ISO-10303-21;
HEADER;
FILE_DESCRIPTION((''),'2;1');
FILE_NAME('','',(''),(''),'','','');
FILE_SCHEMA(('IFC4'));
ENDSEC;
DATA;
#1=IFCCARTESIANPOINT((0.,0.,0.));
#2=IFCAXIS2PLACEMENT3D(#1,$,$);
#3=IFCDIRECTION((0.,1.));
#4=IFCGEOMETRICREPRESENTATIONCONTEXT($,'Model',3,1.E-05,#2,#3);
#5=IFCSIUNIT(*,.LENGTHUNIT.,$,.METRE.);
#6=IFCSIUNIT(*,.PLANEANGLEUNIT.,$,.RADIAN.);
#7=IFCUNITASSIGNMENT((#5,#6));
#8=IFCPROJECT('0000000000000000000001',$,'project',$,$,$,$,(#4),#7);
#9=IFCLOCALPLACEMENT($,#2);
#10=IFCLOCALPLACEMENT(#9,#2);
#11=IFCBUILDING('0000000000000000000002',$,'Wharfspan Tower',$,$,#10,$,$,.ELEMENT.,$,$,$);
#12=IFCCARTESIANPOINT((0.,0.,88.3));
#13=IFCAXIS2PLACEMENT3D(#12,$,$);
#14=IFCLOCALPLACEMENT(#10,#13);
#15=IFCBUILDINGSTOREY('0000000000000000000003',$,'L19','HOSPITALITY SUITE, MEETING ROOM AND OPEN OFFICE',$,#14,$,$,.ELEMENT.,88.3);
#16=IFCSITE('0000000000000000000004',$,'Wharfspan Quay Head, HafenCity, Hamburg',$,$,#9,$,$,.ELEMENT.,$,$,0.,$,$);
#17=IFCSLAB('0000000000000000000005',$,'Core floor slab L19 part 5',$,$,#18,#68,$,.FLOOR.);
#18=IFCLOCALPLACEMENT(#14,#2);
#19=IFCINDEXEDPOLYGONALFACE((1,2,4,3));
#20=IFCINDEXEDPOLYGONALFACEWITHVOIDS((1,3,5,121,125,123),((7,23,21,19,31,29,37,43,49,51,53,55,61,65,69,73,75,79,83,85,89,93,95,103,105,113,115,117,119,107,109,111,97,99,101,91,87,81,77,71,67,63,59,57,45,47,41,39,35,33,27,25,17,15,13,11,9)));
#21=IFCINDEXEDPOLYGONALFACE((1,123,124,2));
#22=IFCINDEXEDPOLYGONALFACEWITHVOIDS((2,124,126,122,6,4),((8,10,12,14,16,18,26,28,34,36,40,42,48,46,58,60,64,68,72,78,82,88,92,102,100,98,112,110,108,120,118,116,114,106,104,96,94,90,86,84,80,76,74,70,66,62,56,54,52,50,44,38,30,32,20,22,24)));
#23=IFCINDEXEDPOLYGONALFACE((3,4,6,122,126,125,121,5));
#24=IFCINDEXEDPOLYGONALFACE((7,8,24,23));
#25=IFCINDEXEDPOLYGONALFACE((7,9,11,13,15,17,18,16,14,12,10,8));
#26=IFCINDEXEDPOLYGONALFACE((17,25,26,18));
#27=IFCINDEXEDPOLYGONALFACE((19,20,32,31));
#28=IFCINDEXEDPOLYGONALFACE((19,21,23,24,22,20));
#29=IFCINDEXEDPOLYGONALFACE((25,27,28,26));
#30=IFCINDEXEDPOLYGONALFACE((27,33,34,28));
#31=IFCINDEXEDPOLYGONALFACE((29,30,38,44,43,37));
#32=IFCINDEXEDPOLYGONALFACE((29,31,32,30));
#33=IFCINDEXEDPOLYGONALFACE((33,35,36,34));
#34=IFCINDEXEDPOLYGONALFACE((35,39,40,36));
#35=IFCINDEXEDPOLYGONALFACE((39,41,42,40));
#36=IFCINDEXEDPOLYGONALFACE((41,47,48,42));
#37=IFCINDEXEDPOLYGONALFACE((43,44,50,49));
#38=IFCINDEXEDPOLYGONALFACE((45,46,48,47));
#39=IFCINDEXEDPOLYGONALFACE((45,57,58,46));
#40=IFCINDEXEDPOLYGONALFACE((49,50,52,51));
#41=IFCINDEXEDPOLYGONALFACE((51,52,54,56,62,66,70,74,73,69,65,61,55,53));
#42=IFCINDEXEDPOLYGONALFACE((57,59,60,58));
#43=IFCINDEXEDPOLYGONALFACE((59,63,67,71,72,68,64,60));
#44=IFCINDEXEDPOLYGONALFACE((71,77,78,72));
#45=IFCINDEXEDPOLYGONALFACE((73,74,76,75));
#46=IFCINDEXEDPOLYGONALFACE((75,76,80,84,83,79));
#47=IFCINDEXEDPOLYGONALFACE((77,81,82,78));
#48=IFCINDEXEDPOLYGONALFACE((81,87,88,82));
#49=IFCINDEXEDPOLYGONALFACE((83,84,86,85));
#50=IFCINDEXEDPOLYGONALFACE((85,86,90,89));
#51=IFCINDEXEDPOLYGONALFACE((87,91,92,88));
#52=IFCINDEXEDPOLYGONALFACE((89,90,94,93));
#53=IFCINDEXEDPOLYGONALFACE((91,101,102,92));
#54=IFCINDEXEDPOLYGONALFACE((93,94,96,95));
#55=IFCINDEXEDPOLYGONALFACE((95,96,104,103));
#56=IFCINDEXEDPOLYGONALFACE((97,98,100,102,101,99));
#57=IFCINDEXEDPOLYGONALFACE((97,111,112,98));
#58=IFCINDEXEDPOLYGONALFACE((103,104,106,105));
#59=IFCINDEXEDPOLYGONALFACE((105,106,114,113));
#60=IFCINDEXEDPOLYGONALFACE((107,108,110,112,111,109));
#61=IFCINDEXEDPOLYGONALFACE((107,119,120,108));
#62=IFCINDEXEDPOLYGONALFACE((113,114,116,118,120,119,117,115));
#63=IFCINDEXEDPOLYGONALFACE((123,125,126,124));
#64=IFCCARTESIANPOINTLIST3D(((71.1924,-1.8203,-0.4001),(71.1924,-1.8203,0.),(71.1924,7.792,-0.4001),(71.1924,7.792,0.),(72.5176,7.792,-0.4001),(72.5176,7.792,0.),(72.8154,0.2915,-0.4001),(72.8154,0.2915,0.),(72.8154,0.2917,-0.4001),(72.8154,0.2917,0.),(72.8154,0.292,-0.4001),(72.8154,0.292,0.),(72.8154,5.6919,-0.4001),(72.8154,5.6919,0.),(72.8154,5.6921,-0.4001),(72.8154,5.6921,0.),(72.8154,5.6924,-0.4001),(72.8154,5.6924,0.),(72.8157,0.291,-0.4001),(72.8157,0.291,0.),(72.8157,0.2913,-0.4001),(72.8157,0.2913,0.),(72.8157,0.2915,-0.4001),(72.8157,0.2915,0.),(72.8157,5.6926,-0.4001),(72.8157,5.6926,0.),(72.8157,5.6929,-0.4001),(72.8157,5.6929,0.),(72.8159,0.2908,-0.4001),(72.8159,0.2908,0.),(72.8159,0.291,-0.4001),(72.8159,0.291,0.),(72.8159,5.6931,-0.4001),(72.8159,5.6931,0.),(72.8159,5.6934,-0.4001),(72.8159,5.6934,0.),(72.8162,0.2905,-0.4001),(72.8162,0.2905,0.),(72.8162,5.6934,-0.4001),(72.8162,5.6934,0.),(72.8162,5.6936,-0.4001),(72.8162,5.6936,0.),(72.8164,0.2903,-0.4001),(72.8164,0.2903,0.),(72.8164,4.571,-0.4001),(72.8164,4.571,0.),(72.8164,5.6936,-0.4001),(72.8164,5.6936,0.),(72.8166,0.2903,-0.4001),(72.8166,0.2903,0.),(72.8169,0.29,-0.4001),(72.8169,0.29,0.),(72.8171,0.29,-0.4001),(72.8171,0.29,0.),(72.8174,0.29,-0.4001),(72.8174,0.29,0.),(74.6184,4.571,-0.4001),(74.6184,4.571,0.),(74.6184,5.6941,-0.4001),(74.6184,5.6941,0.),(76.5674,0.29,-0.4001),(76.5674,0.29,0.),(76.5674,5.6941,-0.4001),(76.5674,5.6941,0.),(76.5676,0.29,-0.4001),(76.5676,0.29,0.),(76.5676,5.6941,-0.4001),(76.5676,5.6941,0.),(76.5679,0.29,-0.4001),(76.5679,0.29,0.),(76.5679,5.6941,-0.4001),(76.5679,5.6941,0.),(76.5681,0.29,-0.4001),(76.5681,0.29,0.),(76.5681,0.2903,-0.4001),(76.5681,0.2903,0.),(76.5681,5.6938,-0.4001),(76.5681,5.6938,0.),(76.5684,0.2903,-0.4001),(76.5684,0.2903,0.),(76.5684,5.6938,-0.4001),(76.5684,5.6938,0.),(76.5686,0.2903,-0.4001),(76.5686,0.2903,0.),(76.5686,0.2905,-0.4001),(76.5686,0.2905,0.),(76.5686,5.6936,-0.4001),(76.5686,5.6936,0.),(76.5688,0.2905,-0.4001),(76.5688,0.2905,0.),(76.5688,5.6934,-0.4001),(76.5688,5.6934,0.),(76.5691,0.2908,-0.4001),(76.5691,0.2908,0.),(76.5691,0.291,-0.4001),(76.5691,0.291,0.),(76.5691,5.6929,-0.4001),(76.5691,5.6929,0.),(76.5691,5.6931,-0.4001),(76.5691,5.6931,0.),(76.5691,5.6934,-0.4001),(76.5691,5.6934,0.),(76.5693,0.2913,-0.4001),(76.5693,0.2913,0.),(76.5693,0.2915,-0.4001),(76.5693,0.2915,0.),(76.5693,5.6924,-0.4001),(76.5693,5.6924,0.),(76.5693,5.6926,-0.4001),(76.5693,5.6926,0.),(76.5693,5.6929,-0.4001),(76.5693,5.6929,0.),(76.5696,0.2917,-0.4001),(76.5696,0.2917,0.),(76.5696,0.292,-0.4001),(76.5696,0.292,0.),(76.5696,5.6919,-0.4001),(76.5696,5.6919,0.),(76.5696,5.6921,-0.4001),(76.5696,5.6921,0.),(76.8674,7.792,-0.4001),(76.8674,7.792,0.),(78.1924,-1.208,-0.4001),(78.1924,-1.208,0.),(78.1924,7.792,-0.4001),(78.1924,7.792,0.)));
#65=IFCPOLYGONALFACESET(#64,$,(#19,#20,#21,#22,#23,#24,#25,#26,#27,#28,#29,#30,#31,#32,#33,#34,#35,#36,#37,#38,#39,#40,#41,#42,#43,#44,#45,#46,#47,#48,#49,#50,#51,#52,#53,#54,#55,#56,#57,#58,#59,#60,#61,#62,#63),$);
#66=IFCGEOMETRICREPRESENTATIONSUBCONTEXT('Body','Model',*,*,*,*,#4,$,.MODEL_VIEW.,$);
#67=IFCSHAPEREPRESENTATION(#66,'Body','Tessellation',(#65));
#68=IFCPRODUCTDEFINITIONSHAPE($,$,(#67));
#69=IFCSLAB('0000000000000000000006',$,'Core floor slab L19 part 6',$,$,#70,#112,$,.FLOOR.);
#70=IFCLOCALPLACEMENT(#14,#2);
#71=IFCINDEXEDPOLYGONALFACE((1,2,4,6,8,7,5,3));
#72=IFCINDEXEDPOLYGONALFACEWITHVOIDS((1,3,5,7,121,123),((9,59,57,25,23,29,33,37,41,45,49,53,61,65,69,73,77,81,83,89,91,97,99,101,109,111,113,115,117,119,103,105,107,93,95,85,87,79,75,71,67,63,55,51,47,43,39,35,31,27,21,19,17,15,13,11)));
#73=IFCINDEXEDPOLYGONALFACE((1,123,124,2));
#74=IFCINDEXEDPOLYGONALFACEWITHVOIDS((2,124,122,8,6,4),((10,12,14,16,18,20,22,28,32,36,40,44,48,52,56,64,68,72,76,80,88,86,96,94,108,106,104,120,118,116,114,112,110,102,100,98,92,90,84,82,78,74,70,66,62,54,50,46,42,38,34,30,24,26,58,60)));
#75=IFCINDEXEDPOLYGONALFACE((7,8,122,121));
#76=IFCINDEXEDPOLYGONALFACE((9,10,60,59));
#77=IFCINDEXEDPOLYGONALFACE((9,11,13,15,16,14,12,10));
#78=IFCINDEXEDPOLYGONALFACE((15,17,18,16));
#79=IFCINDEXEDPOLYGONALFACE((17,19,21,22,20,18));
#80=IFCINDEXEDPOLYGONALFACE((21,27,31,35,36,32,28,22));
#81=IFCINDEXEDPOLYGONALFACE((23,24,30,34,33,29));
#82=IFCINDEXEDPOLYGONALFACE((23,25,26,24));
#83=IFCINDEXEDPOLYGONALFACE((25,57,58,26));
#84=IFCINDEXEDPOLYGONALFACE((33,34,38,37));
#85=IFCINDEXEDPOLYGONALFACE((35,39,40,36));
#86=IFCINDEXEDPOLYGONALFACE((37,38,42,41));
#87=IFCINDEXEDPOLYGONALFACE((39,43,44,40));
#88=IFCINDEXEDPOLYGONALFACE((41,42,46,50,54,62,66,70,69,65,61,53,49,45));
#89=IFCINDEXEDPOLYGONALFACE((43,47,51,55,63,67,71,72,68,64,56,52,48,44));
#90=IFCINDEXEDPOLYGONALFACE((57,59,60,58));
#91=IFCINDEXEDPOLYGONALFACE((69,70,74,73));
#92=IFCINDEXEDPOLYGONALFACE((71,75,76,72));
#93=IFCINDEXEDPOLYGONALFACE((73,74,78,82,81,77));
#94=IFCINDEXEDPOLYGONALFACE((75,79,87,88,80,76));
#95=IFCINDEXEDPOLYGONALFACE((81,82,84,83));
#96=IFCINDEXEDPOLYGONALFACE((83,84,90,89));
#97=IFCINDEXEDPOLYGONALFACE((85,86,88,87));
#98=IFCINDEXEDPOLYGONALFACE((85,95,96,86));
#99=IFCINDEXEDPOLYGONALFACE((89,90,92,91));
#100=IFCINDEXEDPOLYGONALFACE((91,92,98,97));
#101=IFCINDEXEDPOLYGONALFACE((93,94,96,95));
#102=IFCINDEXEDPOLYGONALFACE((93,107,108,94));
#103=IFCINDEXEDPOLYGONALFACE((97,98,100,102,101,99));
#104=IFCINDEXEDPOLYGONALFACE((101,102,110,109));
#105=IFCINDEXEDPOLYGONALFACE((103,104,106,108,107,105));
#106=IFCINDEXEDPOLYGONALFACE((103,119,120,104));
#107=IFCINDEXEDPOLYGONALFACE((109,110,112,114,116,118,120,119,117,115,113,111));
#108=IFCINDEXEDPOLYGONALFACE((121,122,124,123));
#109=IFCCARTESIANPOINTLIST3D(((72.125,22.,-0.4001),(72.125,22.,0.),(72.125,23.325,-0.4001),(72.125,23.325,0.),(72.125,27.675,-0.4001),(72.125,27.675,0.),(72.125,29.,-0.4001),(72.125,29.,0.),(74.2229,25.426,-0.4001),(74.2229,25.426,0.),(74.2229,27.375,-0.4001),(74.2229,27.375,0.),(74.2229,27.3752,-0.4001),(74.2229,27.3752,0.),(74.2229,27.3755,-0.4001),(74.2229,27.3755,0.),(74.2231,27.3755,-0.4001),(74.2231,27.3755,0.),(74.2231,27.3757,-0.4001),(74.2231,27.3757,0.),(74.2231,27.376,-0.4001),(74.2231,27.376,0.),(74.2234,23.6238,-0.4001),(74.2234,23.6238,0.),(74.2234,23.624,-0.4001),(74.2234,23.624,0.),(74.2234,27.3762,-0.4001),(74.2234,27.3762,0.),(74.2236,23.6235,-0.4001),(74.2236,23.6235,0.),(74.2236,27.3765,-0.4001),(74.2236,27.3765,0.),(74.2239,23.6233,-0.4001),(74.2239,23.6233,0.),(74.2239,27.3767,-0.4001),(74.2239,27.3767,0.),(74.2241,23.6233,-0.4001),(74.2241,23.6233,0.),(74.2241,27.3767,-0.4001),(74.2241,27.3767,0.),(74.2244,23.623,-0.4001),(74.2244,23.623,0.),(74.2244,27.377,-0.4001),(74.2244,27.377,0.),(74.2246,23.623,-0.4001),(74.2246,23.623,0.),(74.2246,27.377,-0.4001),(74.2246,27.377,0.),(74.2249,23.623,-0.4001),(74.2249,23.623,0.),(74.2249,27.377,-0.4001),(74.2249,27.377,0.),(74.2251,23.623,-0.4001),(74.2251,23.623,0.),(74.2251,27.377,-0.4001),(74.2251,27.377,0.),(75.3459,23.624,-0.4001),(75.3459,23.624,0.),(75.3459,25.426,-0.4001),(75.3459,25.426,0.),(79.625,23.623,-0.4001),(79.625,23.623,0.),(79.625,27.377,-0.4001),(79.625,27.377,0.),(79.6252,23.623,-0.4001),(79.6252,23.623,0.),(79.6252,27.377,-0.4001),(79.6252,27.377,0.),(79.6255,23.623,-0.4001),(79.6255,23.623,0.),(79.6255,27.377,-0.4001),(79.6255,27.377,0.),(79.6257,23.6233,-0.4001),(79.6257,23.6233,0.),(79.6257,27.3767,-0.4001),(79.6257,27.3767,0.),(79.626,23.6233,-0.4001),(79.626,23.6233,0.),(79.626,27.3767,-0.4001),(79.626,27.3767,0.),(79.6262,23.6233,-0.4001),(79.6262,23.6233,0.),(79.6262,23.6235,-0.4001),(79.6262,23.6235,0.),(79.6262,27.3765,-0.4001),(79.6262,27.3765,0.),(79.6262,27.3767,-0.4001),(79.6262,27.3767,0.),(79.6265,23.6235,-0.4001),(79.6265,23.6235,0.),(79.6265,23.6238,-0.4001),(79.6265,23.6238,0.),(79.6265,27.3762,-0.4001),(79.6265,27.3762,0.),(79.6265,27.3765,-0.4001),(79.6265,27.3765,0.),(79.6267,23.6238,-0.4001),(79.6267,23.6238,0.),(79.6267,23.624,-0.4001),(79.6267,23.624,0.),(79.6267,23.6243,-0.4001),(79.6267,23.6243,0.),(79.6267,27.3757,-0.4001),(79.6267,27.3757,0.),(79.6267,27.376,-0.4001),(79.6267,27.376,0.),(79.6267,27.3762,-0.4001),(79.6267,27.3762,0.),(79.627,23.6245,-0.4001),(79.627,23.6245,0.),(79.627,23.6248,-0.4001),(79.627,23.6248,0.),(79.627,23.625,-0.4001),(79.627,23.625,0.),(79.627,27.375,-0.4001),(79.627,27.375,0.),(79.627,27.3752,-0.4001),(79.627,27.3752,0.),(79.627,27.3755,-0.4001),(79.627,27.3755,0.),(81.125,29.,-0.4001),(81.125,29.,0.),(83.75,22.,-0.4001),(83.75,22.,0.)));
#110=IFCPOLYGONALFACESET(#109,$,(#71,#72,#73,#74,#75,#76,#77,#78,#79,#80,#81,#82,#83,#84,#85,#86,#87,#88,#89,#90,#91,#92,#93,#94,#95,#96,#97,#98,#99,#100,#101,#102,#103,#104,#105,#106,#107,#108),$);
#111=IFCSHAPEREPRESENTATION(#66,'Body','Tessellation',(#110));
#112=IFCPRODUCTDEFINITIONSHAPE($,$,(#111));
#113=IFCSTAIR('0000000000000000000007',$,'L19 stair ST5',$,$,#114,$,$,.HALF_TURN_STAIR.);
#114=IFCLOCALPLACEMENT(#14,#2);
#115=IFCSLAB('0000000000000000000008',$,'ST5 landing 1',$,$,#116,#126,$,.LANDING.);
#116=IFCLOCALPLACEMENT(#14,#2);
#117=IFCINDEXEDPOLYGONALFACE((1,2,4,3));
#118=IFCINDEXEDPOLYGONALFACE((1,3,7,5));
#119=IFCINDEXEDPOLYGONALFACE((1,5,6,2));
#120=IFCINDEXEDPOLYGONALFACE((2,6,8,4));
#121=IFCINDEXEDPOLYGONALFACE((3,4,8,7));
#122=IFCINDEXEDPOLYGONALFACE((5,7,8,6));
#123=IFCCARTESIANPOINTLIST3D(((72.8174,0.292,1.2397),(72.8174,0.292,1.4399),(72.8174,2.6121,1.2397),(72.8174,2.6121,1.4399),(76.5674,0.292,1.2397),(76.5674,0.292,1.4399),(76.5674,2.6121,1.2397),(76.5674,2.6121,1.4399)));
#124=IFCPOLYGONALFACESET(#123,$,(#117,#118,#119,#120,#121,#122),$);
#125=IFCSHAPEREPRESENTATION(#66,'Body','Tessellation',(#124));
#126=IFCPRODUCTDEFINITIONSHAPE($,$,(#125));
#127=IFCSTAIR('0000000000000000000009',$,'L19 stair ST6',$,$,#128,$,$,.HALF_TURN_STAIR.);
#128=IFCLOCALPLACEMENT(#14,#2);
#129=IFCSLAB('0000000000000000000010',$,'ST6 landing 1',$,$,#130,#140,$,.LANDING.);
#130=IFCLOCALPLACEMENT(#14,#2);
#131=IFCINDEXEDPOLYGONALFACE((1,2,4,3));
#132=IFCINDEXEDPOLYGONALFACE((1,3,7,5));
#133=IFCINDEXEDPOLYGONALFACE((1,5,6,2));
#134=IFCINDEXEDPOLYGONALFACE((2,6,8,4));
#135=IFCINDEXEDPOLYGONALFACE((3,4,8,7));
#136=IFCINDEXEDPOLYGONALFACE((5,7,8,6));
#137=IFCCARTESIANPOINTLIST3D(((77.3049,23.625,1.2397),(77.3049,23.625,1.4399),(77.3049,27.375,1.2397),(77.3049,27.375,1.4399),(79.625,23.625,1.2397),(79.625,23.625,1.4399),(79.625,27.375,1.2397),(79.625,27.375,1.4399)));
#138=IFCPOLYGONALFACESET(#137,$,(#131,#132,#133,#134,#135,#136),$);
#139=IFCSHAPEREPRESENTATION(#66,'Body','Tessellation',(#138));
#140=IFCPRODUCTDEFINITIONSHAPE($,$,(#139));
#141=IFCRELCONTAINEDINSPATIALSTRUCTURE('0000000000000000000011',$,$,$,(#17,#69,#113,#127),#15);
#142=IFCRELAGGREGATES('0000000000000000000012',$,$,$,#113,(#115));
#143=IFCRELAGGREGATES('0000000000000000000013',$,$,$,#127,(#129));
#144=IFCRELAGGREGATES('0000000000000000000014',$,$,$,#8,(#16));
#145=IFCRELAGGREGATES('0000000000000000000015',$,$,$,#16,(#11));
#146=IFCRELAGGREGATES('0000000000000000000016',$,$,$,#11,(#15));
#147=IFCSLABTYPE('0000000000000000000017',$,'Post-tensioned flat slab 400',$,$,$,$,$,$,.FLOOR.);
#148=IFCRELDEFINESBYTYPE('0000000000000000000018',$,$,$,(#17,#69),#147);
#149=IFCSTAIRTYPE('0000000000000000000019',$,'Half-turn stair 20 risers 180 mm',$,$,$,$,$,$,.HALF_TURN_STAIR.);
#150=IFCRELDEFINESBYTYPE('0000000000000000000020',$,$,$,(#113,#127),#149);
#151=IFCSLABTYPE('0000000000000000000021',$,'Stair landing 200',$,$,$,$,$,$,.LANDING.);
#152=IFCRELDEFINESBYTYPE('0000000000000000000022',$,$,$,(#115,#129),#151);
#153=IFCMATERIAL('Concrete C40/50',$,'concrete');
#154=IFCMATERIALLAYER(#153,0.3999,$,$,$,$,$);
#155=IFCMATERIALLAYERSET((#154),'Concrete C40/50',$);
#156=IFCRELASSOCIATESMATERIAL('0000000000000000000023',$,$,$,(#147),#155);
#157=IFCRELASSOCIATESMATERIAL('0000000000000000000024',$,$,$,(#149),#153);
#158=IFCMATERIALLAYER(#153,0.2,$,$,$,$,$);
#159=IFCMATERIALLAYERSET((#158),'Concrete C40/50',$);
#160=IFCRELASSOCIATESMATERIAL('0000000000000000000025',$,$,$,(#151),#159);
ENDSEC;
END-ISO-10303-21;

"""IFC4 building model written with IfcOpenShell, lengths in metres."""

from ifc_helpers import new_model, si_unit, direction, frame, origin, place, context, subcontext, project, spatial, polyline, outline, extrude, material, layer, layer_set, type_object, element, aggregate, save


model = new_model("IFC4")

# Units and contexts
model_context = context("Model", 3, precision=1e-05, world=origin(), true_north=direction((0.0, 1.0)))
body_context = subcontext(model_context, "Body", "Model", "MODEL_VIEW")
ifc_project = project(units=[si_unit("LENGTHUNIT", "METRE"), si_unit("PLANEANGLEUNIT", "RADIAN")], contexts=[model_context])

# Site, building, storey
site_placement = place(None, origin())
site = spatial("IfcSite", under=ifc_project, at=site_placement, Name="Wharfspan Quay Head, HafenCity, Hamburg", CompositionType="ELEMENT", RefElevation=0.0)
building_placement = place(site_placement, origin())
building = spatial("IfcBuilding", under=site, at=building_placement, Name="Wharfspan Tower", CompositionType="ELEMENT")
storey_placement = place(building_placement, frame((0.0, 0.0, 88.3)))
storey = spatial("IfcBuildingStorey", under=building, at=storey_placement, Name="L19", Description="HOSPITALITY SUITE, MEETING ROOM AND OPEN OFFICE", CompositionType="ELEMENT", Elevation=88.3)

# Slabs
ifc_material_1 = material(Name="Concrete C40/50", Category="concrete")
ifc_layer_1 = layer(ifc_material_1, 0.3999)
ifc_layer_set_1 = layer_set([ifc_layer_1], Name="Concrete C40/50")
slab_type_1 = type_object("IfcSlabType", Name="Post-tensioned flat slab 400", PredefinedType="FLOOR", material=ifc_layer_set_1)
slab_1_placement = place(storey_placement, frame((0.0, 0.0, -0.4001)))
element("IfcSlab", 1, at=slab_1_placement, inside=storey, type_object=slab_type_1, Name="Core floor slab L19 part 5", PredefinedType="FLOOR", context=body_context, shape_type="SweptSolid", body=[
    extrude(outline(polyline([(78.1924, 7.792), (76.8674, 7.792), (72.5176, 7.792), (71.1924, 7.792), (71.1924, -1.8203), (78.1924, -1.208), (78.1924, 7.792)]), holes=[polyline([(76.5676, 5.6941), (76.5679, 5.6941), (76.5681, 5.6938), (76.5681, 5.6938), (76.5684, 5.6938), (76.5686, 5.6936), (76.5686, 5.6936), (76.5688, 5.6934), (76.5691, 5.6934), (76.5691, 5.6931), (76.5691, 5.6929), (76.5693, 5.6929), (76.5693, 5.6926), (76.5693, 5.6924), (76.5696, 5.6921), (76.5696, 5.6919), (76.5696, 0.292), (76.5696, 0.2917), (76.5693, 0.2915), (76.5693, 0.2915), (76.5693, 0.2913), (76.5691, 0.291), (76.5691, 0.291), (76.5691, 0.2908), (76.5688, 0.2905), (76.5686, 0.2905), (76.5686, 0.2903), (76.5684, 0.2903), (76.5681, 0.2903), (76.5681, 0.29), (76.5679, 0.29), (76.5676, 0.29), (76.5674, 0.29), (72.8174, 0.29), (72.8174, 0.29), (72.8171, 0.29), (72.8169, 0.29), (72.8166, 0.2903), (72.8164, 0.2903), (72.8164, 0.2903), (72.8162, 0.2905), (72.8162, 0.2905), (72.8159, 0.2908), (72.8159, 0.291), (72.8157, 0.291), (72.8157, 0.2913), (72.8157, 0.2915), (72.8154, 0.2915), (72.8154, 0.2917), (72.8154, 0.292), (72.8154, 5.6919), (72.8154, 5.6921), (72.8154, 5.6924), (72.8157, 5.6926), (72.8157, 5.6929), (72.8157, 5.6929), (72.8159, 5.6931), (72.8159, 5.6934), (72.8162, 5.6934), (72.8162, 5.6936), (72.8164, 5.6936), (72.8164, 5.6938), (72.8164, 4.571), (74.6184, 4.571), (74.6184, 5.6941), (76.5674, 5.6941), (76.5676, 5.6941)])]), origin(), (0.0, 0.0, 1.0), 0.4001),
])
slab_2_placement = place(storey_placement, frame((0.0, 0.0, -0.4001)))
element("IfcSlab", 2, at=slab_2_placement, inside=storey, type_object=slab_type_1, Name="Core floor slab L19 part 6", PredefinedType="FLOOR", context=body_context, shape_type="SweptSolid", body=[
    extrude(outline(polyline([(81.125, 29.0), (72.125, 29.0), (72.125, 27.675), (72.125, 23.325), (72.125, 22.0), (83.75, 22.0), (81.125, 29.0)]), holes=[polyline([(74.2229, 27.3752), (74.2229, 27.3755), (74.2231, 27.3755), (74.2231, 27.3757), (74.2231, 27.376), (74.2234, 27.3762), (74.2234, 27.3762), (74.2236, 27.3765), (74.2236, 27.3765), (74.2239, 27.3767), (74.2241, 27.3767), (74.2241, 27.3767), (74.2244, 27.377), (74.2246, 27.377), (74.2249, 27.377), (74.2251, 27.377), (79.625, 27.377), (79.6252, 27.377), (79.6255, 27.377), (79.6255, 27.377), (79.6257, 27.3767), (79.626, 27.3767), (79.6262, 27.3767), (79.6262, 27.3765), (79.6265, 27.3765), (79.6265, 27.3762), (79.6267, 27.3762), (79.6267, 27.376), (79.6267, 27.3757), (79.627, 27.3755), (79.627, 27.3755), (79.627, 27.3752), (79.627, 27.375), (79.627, 23.625), (79.627, 23.6248), (79.627, 23.6245), (79.627, 23.6245), (79.6267, 23.6243), (79.6267, 23.624), (79.6267, 23.6238), (79.6265, 23.6238), (79.6265, 23.6235), (79.6262, 23.6235), (79.6262, 23.6233), (79.626, 23.6233), (79.6257, 23.6233), (79.6255, 23.623), (79.6255, 23.623), (79.6252, 23.623), (79.625, 23.623), (74.2251, 23.623), (74.2249, 23.623), (74.2246, 23.623), (74.2244, 23.623), (74.2241, 23.6233), (74.2241, 23.6233), (74.2239, 23.6233), (74.2236, 23.6235), (74.2236, 23.6235), (74.2234, 23.6238), (74.2234, 23.6238), (74.2234, 23.624), (75.3459, 23.624), (75.3459, 25.426), (74.2229, 25.426), (74.2229, 27.375), (74.2229, 27.3752)])]), origin(), (0.0, 0.0, 1.0), 0.4001),
])

# Stairs, slabs
stair_type = type_object("IfcStairType", Name="Half-turn stair 20 risers 180 mm", PredefinedType="HALF_TURN_STAIR", material=ifc_material_1)
stair_1_placement = place(storey_placement, origin())
stair_1 = element("IfcStair", 3, at=stair_1_placement, inside=storey, type_object=stair_type, Name="L19 stair ST5", PredefinedType="HALF_TURN_STAIR")
ifc_layer_2 = layer(ifc_material_1, 0.2)
ifc_layer_set_2 = layer_set([ifc_layer_2], Name="Concrete C40/50")
slab_type_2 = type_object("IfcSlabType", Name="Stair landing 200", PredefinedType="LANDING", material=ifc_layer_set_2)
slab_3_placement = place(storey_placement, frame((0.0, 0.0, 1.2397)))
slab_3 = element("IfcSlab", 4, at=slab_3_placement, type_object=slab_type_2, Name="ST5 landing 1", PredefinedType="LANDING", context=body_context, shape_type="SweptSolid", body=[
    extrude(outline(polyline([(72.8174, 2.6121), (72.8174, 0.292), (76.5674, 0.292), (76.5674, 2.6121), (72.8174, 2.6121)])), origin(), (0.0, 0.0, 1.0), 0.2002),
])
aggregate(stair_1, [slab_3])
stair_2_placement = place(storey_placement, origin())
stair_2 = element("IfcStair", 5, at=stair_2_placement, inside=storey, type_object=stair_type, Name="L19 stair ST6", PredefinedType="HALF_TURN_STAIR")
slab_4_placement = place(storey_placement, frame((0.0, 0.0, 1.2397)))
slab_4 = element("IfcSlab", 6, at=slab_4_placement, type_object=slab_type_2, Name="ST6 landing 1", PredefinedType="LANDING", context=body_context, shape_type="SweptSolid", body=[
    extrude(outline(polyline([(77.3049, 23.625), (79.625, 23.625), (79.625, 27.375), (77.3049, 27.375), (77.3049, 23.625)])), origin(), (0.0, 0.0, 1.0), 0.2002),
])
aggregate(stair_2, [slab_4])

save(model, "model.ifc")
